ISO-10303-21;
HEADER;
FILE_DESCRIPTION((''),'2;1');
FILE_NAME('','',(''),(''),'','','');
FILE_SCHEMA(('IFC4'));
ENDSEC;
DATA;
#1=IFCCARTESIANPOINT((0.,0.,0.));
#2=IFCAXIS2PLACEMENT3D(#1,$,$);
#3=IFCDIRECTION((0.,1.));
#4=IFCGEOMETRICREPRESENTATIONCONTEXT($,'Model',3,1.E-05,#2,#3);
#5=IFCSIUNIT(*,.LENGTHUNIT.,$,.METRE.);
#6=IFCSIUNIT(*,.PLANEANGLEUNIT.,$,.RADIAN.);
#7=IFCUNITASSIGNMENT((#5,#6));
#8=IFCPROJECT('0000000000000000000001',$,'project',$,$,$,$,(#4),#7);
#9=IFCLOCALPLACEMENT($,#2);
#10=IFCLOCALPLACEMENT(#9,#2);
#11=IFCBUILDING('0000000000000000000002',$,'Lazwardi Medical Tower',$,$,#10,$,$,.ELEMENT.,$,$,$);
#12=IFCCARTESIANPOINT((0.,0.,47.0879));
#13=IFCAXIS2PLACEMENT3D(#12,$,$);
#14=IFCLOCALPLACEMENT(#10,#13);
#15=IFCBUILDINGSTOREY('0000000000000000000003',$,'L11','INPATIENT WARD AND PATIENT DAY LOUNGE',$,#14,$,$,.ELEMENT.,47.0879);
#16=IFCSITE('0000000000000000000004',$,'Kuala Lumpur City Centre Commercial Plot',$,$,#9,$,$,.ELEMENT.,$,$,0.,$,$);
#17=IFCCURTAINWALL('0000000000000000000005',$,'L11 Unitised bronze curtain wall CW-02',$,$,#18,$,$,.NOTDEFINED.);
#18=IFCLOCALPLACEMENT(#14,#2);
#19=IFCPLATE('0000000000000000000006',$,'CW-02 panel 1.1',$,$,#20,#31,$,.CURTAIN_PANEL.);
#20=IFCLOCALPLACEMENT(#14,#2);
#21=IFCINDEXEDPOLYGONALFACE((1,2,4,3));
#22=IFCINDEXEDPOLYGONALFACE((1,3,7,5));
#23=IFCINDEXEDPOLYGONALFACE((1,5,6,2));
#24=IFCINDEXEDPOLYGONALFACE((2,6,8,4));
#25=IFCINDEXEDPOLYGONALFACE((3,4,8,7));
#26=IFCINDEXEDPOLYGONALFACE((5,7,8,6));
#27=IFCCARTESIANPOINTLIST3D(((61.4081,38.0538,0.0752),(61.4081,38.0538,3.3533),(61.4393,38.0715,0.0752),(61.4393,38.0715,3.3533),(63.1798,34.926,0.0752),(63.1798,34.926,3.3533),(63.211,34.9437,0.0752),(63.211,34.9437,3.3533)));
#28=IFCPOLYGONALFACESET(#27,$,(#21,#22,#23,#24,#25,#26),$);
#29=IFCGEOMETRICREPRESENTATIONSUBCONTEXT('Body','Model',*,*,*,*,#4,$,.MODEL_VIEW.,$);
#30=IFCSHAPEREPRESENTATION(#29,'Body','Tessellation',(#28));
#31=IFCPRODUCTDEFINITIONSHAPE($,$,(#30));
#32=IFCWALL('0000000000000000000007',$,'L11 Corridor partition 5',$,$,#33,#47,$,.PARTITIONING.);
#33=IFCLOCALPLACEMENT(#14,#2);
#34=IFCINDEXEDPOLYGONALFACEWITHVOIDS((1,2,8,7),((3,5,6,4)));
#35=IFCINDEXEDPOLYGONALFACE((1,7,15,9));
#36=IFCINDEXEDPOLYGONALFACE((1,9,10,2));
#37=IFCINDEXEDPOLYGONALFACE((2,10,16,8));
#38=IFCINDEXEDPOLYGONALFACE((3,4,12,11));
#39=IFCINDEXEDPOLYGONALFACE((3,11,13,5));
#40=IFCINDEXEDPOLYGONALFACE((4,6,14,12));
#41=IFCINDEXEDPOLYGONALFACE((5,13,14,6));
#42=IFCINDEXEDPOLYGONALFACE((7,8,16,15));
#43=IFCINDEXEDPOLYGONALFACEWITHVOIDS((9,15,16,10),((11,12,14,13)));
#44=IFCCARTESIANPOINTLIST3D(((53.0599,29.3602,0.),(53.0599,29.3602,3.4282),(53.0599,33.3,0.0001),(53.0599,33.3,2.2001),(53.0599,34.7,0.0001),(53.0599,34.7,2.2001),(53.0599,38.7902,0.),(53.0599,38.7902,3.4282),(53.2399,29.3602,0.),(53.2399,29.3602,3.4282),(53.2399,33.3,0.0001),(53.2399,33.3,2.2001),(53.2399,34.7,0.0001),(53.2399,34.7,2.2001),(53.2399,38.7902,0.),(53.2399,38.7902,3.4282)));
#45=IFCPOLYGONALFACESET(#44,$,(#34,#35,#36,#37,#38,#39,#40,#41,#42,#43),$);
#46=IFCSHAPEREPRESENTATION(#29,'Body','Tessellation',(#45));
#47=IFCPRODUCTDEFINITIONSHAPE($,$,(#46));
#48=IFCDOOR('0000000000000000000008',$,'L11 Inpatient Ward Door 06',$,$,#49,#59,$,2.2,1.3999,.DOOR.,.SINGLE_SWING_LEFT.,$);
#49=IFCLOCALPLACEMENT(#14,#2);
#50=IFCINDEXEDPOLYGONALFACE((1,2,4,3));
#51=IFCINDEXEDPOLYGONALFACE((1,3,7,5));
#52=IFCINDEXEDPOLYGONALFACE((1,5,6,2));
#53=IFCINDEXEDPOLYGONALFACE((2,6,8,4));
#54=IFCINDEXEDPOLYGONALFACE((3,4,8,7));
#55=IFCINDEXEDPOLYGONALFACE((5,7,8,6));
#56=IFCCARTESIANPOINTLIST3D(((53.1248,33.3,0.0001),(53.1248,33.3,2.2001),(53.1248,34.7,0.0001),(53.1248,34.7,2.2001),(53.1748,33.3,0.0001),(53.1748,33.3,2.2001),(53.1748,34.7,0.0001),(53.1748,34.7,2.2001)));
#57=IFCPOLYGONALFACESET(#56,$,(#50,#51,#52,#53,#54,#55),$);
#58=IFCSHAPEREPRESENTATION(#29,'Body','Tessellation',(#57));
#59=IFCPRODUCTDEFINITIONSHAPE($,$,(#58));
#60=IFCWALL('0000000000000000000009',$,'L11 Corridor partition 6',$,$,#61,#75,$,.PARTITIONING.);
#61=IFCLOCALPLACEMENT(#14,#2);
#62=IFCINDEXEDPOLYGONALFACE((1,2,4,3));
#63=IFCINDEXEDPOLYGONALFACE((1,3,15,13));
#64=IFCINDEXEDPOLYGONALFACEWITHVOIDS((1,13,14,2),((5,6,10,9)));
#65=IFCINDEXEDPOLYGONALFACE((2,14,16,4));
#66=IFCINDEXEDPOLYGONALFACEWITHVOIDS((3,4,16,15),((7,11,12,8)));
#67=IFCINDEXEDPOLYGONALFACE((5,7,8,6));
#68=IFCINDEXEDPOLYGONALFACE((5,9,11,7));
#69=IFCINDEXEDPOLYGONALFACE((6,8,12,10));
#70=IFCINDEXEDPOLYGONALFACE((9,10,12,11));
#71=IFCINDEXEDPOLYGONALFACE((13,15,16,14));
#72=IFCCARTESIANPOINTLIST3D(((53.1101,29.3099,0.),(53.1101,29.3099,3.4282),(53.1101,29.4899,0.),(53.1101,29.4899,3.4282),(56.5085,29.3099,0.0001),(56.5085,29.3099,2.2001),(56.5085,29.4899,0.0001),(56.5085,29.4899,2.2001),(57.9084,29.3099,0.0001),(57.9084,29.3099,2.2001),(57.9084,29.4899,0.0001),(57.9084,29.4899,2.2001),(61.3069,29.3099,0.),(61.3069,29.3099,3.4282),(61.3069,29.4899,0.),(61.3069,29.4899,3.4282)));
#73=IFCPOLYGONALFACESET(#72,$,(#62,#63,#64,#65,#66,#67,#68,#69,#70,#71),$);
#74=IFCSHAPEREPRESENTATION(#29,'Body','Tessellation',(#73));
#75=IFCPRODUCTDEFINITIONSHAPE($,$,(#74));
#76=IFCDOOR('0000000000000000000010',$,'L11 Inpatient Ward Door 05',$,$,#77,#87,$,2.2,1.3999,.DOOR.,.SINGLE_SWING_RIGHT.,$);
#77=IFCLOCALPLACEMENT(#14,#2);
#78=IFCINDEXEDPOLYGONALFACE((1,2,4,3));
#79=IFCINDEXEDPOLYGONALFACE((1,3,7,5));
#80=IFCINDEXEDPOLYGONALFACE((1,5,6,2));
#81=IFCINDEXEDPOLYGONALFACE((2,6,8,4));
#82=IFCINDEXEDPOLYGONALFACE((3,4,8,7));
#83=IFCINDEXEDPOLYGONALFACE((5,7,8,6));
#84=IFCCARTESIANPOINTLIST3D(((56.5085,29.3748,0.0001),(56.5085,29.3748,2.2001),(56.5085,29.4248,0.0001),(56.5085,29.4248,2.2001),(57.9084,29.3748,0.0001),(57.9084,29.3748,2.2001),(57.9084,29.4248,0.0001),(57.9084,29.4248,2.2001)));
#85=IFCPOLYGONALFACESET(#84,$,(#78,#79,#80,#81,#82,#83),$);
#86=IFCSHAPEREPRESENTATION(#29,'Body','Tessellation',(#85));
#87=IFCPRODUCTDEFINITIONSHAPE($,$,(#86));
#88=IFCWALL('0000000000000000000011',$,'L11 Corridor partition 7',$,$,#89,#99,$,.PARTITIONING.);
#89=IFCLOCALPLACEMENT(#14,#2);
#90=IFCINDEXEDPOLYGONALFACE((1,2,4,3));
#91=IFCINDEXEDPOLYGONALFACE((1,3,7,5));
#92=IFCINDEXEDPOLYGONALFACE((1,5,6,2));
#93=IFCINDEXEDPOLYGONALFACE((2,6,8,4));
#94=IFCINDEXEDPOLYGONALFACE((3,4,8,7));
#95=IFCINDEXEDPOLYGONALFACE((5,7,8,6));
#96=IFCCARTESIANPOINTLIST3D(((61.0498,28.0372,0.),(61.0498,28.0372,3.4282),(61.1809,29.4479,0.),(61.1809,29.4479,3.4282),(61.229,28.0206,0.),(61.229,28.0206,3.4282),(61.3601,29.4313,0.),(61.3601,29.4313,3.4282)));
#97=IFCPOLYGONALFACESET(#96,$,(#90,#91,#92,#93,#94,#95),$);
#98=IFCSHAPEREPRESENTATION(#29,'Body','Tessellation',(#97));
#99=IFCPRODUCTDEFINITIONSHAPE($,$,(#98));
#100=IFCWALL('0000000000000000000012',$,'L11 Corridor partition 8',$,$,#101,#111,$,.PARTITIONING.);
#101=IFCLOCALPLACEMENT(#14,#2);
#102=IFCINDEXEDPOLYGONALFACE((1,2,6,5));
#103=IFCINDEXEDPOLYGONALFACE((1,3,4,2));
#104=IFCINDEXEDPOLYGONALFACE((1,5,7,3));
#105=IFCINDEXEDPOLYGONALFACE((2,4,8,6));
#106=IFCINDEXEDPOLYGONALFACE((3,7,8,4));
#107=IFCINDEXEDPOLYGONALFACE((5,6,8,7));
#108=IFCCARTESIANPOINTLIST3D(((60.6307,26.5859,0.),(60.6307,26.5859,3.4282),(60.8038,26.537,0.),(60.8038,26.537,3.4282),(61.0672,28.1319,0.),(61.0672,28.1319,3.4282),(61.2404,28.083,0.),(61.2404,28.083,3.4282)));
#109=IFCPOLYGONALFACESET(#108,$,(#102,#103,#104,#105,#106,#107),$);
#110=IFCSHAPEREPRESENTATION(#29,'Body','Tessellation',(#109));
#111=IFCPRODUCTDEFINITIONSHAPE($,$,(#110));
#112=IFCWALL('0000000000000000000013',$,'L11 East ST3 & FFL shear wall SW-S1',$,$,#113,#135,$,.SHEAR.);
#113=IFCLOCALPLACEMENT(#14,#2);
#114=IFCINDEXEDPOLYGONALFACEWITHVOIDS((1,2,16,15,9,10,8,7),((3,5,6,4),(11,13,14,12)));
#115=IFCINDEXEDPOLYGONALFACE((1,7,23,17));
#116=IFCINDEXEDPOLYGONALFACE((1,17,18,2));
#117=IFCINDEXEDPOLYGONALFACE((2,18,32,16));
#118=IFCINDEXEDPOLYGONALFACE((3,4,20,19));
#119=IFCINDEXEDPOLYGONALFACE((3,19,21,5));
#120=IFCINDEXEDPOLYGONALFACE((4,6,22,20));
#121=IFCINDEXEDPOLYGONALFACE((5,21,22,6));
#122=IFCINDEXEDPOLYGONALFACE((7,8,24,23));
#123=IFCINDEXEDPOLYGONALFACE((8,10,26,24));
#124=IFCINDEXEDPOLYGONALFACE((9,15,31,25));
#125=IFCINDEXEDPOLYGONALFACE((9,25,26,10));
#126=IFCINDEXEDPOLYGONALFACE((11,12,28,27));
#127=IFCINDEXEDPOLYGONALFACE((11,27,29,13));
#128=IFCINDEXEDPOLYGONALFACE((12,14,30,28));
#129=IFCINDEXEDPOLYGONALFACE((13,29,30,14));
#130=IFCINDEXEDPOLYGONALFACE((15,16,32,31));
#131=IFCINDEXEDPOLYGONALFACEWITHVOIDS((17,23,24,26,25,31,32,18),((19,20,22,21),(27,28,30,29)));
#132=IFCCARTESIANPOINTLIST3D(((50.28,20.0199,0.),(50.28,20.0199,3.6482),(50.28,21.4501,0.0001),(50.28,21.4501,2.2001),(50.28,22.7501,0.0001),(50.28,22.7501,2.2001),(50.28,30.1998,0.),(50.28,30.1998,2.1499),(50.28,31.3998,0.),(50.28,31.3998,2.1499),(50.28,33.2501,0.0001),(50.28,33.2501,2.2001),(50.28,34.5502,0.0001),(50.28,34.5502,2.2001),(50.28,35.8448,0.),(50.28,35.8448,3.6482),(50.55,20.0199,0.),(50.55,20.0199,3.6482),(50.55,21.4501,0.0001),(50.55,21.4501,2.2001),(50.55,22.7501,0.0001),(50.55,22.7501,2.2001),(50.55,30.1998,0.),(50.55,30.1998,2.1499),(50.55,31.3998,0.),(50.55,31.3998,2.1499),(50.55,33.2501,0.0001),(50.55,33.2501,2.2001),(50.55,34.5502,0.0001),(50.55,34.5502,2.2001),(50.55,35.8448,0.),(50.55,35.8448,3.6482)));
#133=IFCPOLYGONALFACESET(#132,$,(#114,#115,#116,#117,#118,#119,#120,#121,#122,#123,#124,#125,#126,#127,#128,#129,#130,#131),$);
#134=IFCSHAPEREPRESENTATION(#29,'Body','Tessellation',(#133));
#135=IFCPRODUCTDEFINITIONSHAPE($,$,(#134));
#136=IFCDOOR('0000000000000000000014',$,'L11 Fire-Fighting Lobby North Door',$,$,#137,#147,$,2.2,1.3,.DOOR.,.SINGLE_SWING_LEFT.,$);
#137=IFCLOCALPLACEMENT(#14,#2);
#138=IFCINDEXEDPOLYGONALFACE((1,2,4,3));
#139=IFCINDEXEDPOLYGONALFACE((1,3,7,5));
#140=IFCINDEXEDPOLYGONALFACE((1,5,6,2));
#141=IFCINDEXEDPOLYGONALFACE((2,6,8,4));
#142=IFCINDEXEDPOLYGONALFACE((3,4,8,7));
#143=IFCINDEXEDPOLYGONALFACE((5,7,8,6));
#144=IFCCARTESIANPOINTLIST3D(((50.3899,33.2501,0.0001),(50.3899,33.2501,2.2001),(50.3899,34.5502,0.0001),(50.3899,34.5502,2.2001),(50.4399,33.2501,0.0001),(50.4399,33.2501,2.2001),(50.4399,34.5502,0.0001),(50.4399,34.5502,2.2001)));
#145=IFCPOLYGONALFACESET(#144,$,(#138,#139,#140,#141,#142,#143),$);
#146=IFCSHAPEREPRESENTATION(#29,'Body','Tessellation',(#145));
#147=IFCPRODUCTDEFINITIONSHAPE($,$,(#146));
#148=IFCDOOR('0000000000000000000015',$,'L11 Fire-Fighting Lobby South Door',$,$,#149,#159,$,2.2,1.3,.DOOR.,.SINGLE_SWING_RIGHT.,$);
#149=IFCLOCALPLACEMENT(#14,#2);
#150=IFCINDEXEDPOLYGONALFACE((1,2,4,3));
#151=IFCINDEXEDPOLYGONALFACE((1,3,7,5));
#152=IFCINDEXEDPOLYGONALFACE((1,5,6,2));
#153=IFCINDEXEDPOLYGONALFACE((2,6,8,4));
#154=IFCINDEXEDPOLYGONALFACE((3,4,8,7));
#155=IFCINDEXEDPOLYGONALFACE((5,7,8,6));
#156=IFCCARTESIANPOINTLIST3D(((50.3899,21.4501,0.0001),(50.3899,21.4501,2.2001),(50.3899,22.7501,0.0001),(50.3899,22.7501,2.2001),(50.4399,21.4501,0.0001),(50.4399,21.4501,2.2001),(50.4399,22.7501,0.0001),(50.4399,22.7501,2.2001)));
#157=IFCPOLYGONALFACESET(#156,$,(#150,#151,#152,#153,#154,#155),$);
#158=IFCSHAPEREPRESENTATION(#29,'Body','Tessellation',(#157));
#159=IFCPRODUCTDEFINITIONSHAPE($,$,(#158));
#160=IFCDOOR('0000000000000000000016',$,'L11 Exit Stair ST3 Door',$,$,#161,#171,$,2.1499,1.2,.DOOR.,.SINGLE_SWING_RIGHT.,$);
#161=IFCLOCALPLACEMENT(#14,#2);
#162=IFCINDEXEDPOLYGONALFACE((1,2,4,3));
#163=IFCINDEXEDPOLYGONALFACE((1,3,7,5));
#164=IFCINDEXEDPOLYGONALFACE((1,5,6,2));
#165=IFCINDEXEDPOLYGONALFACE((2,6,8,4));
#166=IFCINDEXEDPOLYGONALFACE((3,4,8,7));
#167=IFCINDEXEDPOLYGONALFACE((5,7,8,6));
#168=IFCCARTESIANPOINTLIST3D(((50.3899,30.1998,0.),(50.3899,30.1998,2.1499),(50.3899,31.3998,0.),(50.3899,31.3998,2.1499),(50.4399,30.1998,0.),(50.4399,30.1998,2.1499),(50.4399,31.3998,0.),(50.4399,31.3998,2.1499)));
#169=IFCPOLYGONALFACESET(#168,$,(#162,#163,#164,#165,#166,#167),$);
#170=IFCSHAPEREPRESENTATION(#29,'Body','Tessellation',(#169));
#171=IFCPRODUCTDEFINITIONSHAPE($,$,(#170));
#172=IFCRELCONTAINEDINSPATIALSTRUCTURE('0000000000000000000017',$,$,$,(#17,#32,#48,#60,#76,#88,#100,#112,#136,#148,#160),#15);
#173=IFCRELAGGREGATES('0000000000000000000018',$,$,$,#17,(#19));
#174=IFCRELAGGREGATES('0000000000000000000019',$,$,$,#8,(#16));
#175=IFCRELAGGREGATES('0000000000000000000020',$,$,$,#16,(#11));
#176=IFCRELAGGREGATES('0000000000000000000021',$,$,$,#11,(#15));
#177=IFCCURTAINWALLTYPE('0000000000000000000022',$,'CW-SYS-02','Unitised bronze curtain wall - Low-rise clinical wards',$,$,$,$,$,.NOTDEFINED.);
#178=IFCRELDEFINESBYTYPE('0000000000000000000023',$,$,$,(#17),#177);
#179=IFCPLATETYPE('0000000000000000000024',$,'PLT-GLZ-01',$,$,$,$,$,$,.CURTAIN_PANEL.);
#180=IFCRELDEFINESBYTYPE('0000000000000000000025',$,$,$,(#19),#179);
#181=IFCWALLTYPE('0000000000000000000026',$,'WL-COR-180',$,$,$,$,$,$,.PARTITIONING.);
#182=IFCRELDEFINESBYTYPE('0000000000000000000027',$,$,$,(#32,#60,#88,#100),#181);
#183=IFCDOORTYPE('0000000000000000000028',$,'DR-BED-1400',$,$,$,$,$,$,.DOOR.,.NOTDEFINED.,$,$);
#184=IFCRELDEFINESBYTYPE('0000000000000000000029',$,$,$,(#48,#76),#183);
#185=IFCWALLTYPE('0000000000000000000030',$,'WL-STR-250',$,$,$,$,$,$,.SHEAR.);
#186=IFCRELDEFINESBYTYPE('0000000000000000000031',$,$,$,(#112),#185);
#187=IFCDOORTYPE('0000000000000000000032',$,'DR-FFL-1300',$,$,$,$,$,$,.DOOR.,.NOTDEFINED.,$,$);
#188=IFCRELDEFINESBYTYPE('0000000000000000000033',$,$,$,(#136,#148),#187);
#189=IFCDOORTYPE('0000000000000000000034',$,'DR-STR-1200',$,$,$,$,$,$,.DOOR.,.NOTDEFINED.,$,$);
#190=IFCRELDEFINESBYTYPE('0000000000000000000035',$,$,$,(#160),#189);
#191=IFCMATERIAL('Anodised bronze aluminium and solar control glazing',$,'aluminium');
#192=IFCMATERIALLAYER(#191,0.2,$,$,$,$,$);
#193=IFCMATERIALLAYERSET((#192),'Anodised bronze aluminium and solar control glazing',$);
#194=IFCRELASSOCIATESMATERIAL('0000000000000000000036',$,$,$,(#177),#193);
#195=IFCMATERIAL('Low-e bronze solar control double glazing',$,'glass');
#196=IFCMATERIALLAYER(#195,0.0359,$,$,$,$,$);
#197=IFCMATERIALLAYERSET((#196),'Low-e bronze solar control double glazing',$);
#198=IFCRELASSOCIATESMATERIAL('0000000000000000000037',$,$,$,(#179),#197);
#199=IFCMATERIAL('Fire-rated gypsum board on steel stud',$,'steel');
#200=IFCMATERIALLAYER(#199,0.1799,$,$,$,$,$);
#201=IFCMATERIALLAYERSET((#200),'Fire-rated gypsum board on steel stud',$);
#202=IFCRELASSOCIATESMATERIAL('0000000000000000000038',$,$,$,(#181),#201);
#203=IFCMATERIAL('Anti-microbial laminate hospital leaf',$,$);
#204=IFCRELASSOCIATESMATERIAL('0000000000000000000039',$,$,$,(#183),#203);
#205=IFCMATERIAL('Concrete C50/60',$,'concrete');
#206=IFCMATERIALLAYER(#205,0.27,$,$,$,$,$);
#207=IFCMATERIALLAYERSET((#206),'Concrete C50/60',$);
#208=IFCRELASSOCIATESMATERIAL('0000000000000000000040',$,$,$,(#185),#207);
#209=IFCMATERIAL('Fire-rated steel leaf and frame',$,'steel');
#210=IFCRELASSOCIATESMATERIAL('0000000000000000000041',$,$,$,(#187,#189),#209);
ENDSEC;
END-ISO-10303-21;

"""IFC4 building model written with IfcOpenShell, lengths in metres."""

from ifc_helpers import new_model, si_unit, direction, frame, frame_2d, origin, origin_2d, place, context, subcontext, project, spatial, rectangle, extrude, material, layer, layer_set, type_object, element, fill, aggregate, save


model = new_model("IFC4")

# Units and contexts
model_context = context("Model", 3, precision=1e-05, world=origin(), true_north=direction((0.0, 1.0)))
body_context = subcontext(model_context, "Body", "Model", "MODEL_VIEW")
ifc_project = project(units=[si_unit("LENGTHUNIT", "METRE"), si_unit("PLANEANGLEUNIT", "RADIAN")], contexts=[model_context])

# Site, building, storey
site_placement = place(None, origin())
site = spatial("IfcSite", under=ifc_project, at=site_placement, Name="Kuala Lumpur City Centre Commercial Plot", CompositionType="ELEMENT", RefElevation=0.0)
building_placement = place(site_placement, origin())
building = spatial("IfcBuilding", under=site, at=building_placement, Name="Lazwardi Medical Tower", CompositionType="ELEMENT")
storey_placement = place(building_placement, frame((0.0, 0.0, 47.0879)))
storey = spatial("IfcBuildingStorey", under=building, at=storey_placement, Name="L11", Description="INPATIENT WARD AND PATIENT DAY LOUNGE", CompositionType="ELEMENT", Elevation=47.0879)

# Shared definitions
ifc_material_1 = material(Name="Anodised bronze aluminium and solar control glazing", Category="aluminium")
ifc_layer_1 = layer(ifc_material_1, 0.2)
ifc_layer_set_1 = layer_set([ifc_layer_1], Name="Anodised bronze aluminium and solar control glazing")
curtain_wall_type = type_object("IfcCurtainWallType", Name="CW-SYS-02", Description="Unitised bronze curtain wall - Low-rise clinical wards", PredefinedType="NOTDEFINED", material=ifc_layer_set_1)

# Curtain wall
curtain_wall_1_placement = place(storey_placement, origin())
curtain_wall_1 = element("IfcCurtainWall", 1, at=curtain_wall_1_placement, inside=storey, type_object=curtain_wall_type, Name="L11 Unitised bronze curtain wall CW-02", PredefinedType="NOTDEFINED")

# Plate
ifc_material_2 = material(Name="Low-e bronze solar control double glazing", Category="glass")
ifc_layer_2 = layer(ifc_material_2, 0.0359)
ifc_layer_set_2 = layer_set([ifc_layer_2], Name="Low-e bronze solar control double glazing")
plate_type = type_object("IfcPlateType", Name="PLT-GLZ-01", PredefinedType="CURTAIN_PANEL", material=ifc_layer_set_2)
plate_1_placement = place(storey_placement, frame((62.3096, 36.4988, 0.0752), z_axis=(0.0, 0.0, 1.0), x_axis=(-0.492854, 0.870112, 0.0)))
plate_1 = element("IfcPlate", 2, at=plate_1_placement, type_object=plate_type, Name="CW-02 panel 1.1", PredefinedType="CURTAIN_PANEL", context=body_context, shape_type="SweptSolid", body=[
    extrude(rectangle(XDim=3.5947, YDim=0.0359, at=origin_2d()), origin(), (0.0, 0.0, 1.0), 3.2781),
])
aggregate(curtain_wall_1, [plate_1])

# Walls, openings, doors
ifc_material_3 = material(Name="Fire-rated gypsum board on steel stud", Category="steel")
ifc_layer_3 = layer(ifc_material_3, 0.1799)
ifc_layer_set_3 = layer_set([ifc_layer_3], Name="Fire-rated gypsum board on steel stud")
wall_type_1 = type_object("IfcWallType", Name="WL-COR-180", PredefinedType="PARTITIONING", material=ifc_layer_set_3)
wall_1_placement = place(storey_placement, frame((53.1499, 38.79, 0.0), z_axis=(0.0, 0.0, 1.0), x_axis=(0.0, -1.0, 0.0)))
wall_1 = element("IfcWall", 3, at=wall_1_placement, inside=storey, type_object=wall_type_1, Name="L11 Corridor partition 5", PredefinedType="PARTITIONING", context=body_context, shape_type="SweptSolid", body=[
    extrude(rectangle(XDim=9.4299, YDim=0.1799, at=frame_2d((4.7148, 0.0))), origin(), (0.0, 0.0, 1.0), 3.4282),
])
opening_1_placement = place(wall_1_placement, frame((4.0901, 0.0, 0.0)))
opening_1 = element("IfcOpeningElement", 4, at=opening_1_placement, cuts=wall_1, PredefinedType="OPENING", context=body_context, shape_type="SweptSolid", body=[
    extrude(rectangle(XDim=1.3999, YDim=2.2, at=frame_2d((0.7, 1.1001))), frame((0.0, 0.0999, 0.0), z_axis=(0.0, -1.0, 0.0), x_axis=(1.0, 0.0, 0.0)), (0.0, 0.0, 1.0), 0.2),
])
ifc_material_4 = material(Name="Anti-microbial laminate hospital leaf")
door_type_1 = type_object("IfcDoorType", Name="DR-BED-1400", OperationType="NOTDEFINED", PredefinedType="DOOR", material=ifc_material_4)
door_1_placement = place(opening_1_placement, origin())
door_1 = element("IfcDoor", 5, at=door_1_placement, inside=storey, type_object=door_type_1, Name="L11 Inpatient Ward Door 06", OperationType="SINGLE_SWING_LEFT", OverallHeight=2.2, OverallWidth=1.3999, PredefinedType="DOOR", context=body_context, shape_type="SweptSolid", body=[
    extrude(rectangle(XDim=1.3999, YDim=2.2, at=frame_2d((0.7, 1.1001))), frame((0.0, 0.0249, 0.0), z_axis=(0.0, -1.0, 0.0), x_axis=(1.0, 0.0, 0.0)), (0.0, 0.0, 1.0), 0.05),
])
fill(opening_1, door_1)
wall_2_placement = place(storey_placement, frame((53.1101, 29.3999, 0.0), z_axis=(0.0, 0.0, 1.0), x_axis=(1.0, 0.0, 0.0)))
wall_2 = element("IfcWall", 6, at=wall_2_placement, inside=storey, type_object=wall_type_1, Name="L11 Corridor partition 6", PredefinedType="PARTITIONING", context=body_context, shape_type="SweptSolid", body=[
    extrude(rectangle(XDim=8.1968, YDim=0.1799, at=frame_2d((4.0984, 0.0))), origin(), (0.0, 0.0, 1.0), 3.4282),
])
opening_2_placement = place(wall_2_placement, frame((3.3984, 0.0, 0.0)))
opening_2 = element("IfcOpeningElement", 7, at=opening_2_placement, cuts=wall_2, PredefinedType="OPENING", context=body_context, shape_type="SweptSolid", body=[
    extrude(rectangle(XDim=1.3999, YDim=2.2, at=frame_2d((0.7, 1.1001))), frame((0.0, 0.0999, 0.0), z_axis=(0.0, -1.0, 0.0), x_axis=(1.0, 0.0, 0.0)), (0.0, 0.0, 1.0), 0.2),
])
door_2_placement = place(opening_2_placement, origin())
door_2 = element("IfcDoor", 8, at=door_2_placement, inside=storey, type_object=door_type_1, Name="L11 Inpatient Ward Door 05", OperationType="SINGLE_SWING_RIGHT", OverallHeight=2.2, OverallWidth=1.3999, PredefinedType="DOOR", context=body_context, shape_type="SweptSolid", body=[
    extrude(rectangle(XDim=1.3999, YDim=2.2, at=frame_2d((0.7, 1.1001))), frame((0.0, 0.0249, 0.0), z_axis=(0.0, -1.0, 0.0), x_axis=(1.0, 0.0, 0.0)), (0.0, 0.0, 1.0), 0.05),
])
fill(opening_2, door_2)

# Walls
wall_3_placement = place(storey_placement, frame((61.2705, 29.4397, 0.0), z_axis=(0.0, 0.0, 1.0), x_axis=(-0.09254, -0.995709, 0.0)))
element("IfcWall", 9, at=wall_3_placement, inside=storey, type_object=wall_type_1, Name="L11 Corridor partition 7", PredefinedType="PARTITIONING", context=body_context, shape_type="SweptSolid", body=[
    extrude(rectangle(XDim=1.4167, YDim=0.1799, at=frame_2d((0.7085, 0.0))), origin(), (0.0, 0.0, 1.0), 3.4282),
])
wall_4_placement = place(storey_placement, frame((61.1538, 28.1074, 0.0), z_axis=(0.0, 0.0, 1.0), x_axis=(-0.271749, -0.962368, 0.0)))
element("IfcWall", 10, at=wall_4_placement, inside=storey, type_object=wall_type_1, Name="L11 Corridor partition 8", PredefinedType="PARTITIONING", context=body_context, shape_type="SweptSolid", body=[
    extrude(rectangle(XDim=1.6064, YDim=0.1799, at=frame_2d((0.8032, 0.0))), origin(), (0.0, 0.0, 1.0), 3.4282),
])

# Wall, openings, doors
ifc_material_5 = material(Name="Concrete C50/60", Category="concrete")
ifc_layer_4 = layer(ifc_material_5, 0.27)
ifc_layer_set_4 = layer_set([ifc_layer_4], Name="Concrete C50/60")
wall_type_2 = type_object("IfcWallType", Name="WL-STR-250", PredefinedType="SHEAR", material=ifc_layer_set_4)
wall_5_placement = place(storey_placement, frame((50.415, 35.845, 0.0), z_axis=(0.0, 0.0, 1.0), x_axis=(0.0, -1.0, 0.0)))
wall_5 = element("IfcWall", 11, at=wall_5_placement, inside=storey, type_object=wall_type_2, Name="L11 East ST3 & FFL shear wall SW-S1", PredefinedType="SHEAR", context=body_context, shape_type="SweptSolid", body=[
    extrude(rectangle(XDim=15.825, YDim=0.27, at=frame_2d((7.9126, 0.0))), origin(), (0.0, 0.0, 1.0), 3.6482),
])
opening_3_placement = place(wall_5_placement, frame((4.4451, 0.0, 0.0)))
opening_3 = element("IfcOpeningElement", 12, at=opening_3_placement, cuts=wall_5, PredefinedType="OPENING", context=body_context, shape_type="SweptSolid", body=[
    extrude(rectangle(XDim=1.2, YDim=2.1499, at=frame_2d((0.6001, 1.075))), frame((0.0, 0.145, 0.0), z_axis=(0.0, -1.0, 0.0), x_axis=(1.0, 0.0, 0.0)), (0.0, 0.0, 1.0), 0.29),
])
opening_4_placement = place(wall_5_placement, frame((1.2949, 0.0, 0.0)))
opening_4 = element("IfcOpeningElement", 13, at=opening_4_placement, cuts=wall_5, PredefinedType="OPENING", context=body_context, shape_type="SweptSolid", body=[
    extrude(rectangle(XDim=1.3, YDim=2.2, at=frame_2d((0.6499, 1.1001))), frame((0.0, 0.145, 0.0), z_axis=(0.0, -1.0, 0.0), x_axis=(1.0, 0.0, 0.0)), (0.0, 0.0, 1.0), 0.29),
])
opening_5_placement = place(wall_5_placement, frame((13.095, 0.0, 0.0)))
opening_5 = element("IfcOpeningElement", 14, at=opening_5_placement, cuts=wall_5, PredefinedType="OPENING", context=body_context, shape_type="SweptSolid", body=[
    extrude(rectangle(XDim=1.3, YDim=2.2, at=frame_2d((0.6499, 1.1001))), frame((0.0, 0.145, 0.0), z_axis=(0.0, -1.0, 0.0), x_axis=(1.0, 0.0, 0.0)), (0.0, 0.0, 1.0), 0.29),
])
ifc_material_6 = material(Name="Fire-rated steel leaf and frame", Category="steel")
door_type_2 = type_object("IfcDoorType", Name="DR-FFL-1300", OperationType="NOTDEFINED", PredefinedType="DOOR", material=ifc_material_6)
door_3_placement = place(opening_4_placement, origin())
door_3 = element("IfcDoor", 15, at=door_3_placement, inside=storey, type_object=door_type_2, Name="L11 Fire-Fighting Lobby North Door", OperationType="SINGLE_SWING_LEFT", OverallHeight=2.2, OverallWidth=1.3, PredefinedType="DOOR", context=body_context, shape_type="SweptSolid", body=[
    extrude(rectangle(XDim=1.3, YDim=2.2, at=frame_2d((0.6499, 1.1001))), frame((0.0, 0.0249, 0.0), z_axis=(0.0, -1.0, 0.0), x_axis=(1.0, 0.0, 0.0)), (0.0, 0.0, 1.0), 0.05),
])
fill(opening_4, door_3)
door_4_placement = place(opening_5_placement, origin())
door_4 = element("IfcDoor", 16, at=door_4_placement, inside=storey, type_object=door_type_2, Name="L11 Fire-Fighting Lobby South Door", OperationType="SINGLE_SWING_RIGHT", OverallHeight=2.2, OverallWidth=1.3, PredefinedType="DOOR", context=body_context, shape_type="SweptSolid", body=[
    extrude(rectangle(XDim=1.3, YDim=2.2, at=frame_2d((0.6499, 1.1001))), frame((0.0, 0.0249, 0.0), z_axis=(0.0, -1.0, 0.0), x_axis=(1.0, 0.0, 0.0)), (0.0, 0.0, 1.0), 0.05),
])
fill(opening_5, door_4)
door_type_3 = type_object("IfcDoorType", Name="DR-STR-1200", OperationType="NOTDEFINED", PredefinedType="DOOR", material=ifc_material_6)
door_5_placement = place(opening_3_placement, origin())
door_5 = element("IfcDoor", 17, at=door_5_placement, inside=storey, type_object=door_type_3, Name="L11 Exit Stair ST3 Door", OperationType="SINGLE_SWING_RIGHT", OverallHeight=2.1499, OverallWidth=1.2, PredefinedType="DOOR", context=body_context, shape_type="SweptSolid", body=[
    extrude(rectangle(XDim=1.2, YDim=2.1499, at=frame_2d((0.6001, 1.075))), frame((0.0, 0.0249, 0.0), z_axis=(0.0, -1.0, 0.0), x_axis=(1.0, 0.0, 0.0)), (0.0, 0.0, 1.0), 0.05),
])
fill(opening_3, door_5)

save(model, "model.ifc")
